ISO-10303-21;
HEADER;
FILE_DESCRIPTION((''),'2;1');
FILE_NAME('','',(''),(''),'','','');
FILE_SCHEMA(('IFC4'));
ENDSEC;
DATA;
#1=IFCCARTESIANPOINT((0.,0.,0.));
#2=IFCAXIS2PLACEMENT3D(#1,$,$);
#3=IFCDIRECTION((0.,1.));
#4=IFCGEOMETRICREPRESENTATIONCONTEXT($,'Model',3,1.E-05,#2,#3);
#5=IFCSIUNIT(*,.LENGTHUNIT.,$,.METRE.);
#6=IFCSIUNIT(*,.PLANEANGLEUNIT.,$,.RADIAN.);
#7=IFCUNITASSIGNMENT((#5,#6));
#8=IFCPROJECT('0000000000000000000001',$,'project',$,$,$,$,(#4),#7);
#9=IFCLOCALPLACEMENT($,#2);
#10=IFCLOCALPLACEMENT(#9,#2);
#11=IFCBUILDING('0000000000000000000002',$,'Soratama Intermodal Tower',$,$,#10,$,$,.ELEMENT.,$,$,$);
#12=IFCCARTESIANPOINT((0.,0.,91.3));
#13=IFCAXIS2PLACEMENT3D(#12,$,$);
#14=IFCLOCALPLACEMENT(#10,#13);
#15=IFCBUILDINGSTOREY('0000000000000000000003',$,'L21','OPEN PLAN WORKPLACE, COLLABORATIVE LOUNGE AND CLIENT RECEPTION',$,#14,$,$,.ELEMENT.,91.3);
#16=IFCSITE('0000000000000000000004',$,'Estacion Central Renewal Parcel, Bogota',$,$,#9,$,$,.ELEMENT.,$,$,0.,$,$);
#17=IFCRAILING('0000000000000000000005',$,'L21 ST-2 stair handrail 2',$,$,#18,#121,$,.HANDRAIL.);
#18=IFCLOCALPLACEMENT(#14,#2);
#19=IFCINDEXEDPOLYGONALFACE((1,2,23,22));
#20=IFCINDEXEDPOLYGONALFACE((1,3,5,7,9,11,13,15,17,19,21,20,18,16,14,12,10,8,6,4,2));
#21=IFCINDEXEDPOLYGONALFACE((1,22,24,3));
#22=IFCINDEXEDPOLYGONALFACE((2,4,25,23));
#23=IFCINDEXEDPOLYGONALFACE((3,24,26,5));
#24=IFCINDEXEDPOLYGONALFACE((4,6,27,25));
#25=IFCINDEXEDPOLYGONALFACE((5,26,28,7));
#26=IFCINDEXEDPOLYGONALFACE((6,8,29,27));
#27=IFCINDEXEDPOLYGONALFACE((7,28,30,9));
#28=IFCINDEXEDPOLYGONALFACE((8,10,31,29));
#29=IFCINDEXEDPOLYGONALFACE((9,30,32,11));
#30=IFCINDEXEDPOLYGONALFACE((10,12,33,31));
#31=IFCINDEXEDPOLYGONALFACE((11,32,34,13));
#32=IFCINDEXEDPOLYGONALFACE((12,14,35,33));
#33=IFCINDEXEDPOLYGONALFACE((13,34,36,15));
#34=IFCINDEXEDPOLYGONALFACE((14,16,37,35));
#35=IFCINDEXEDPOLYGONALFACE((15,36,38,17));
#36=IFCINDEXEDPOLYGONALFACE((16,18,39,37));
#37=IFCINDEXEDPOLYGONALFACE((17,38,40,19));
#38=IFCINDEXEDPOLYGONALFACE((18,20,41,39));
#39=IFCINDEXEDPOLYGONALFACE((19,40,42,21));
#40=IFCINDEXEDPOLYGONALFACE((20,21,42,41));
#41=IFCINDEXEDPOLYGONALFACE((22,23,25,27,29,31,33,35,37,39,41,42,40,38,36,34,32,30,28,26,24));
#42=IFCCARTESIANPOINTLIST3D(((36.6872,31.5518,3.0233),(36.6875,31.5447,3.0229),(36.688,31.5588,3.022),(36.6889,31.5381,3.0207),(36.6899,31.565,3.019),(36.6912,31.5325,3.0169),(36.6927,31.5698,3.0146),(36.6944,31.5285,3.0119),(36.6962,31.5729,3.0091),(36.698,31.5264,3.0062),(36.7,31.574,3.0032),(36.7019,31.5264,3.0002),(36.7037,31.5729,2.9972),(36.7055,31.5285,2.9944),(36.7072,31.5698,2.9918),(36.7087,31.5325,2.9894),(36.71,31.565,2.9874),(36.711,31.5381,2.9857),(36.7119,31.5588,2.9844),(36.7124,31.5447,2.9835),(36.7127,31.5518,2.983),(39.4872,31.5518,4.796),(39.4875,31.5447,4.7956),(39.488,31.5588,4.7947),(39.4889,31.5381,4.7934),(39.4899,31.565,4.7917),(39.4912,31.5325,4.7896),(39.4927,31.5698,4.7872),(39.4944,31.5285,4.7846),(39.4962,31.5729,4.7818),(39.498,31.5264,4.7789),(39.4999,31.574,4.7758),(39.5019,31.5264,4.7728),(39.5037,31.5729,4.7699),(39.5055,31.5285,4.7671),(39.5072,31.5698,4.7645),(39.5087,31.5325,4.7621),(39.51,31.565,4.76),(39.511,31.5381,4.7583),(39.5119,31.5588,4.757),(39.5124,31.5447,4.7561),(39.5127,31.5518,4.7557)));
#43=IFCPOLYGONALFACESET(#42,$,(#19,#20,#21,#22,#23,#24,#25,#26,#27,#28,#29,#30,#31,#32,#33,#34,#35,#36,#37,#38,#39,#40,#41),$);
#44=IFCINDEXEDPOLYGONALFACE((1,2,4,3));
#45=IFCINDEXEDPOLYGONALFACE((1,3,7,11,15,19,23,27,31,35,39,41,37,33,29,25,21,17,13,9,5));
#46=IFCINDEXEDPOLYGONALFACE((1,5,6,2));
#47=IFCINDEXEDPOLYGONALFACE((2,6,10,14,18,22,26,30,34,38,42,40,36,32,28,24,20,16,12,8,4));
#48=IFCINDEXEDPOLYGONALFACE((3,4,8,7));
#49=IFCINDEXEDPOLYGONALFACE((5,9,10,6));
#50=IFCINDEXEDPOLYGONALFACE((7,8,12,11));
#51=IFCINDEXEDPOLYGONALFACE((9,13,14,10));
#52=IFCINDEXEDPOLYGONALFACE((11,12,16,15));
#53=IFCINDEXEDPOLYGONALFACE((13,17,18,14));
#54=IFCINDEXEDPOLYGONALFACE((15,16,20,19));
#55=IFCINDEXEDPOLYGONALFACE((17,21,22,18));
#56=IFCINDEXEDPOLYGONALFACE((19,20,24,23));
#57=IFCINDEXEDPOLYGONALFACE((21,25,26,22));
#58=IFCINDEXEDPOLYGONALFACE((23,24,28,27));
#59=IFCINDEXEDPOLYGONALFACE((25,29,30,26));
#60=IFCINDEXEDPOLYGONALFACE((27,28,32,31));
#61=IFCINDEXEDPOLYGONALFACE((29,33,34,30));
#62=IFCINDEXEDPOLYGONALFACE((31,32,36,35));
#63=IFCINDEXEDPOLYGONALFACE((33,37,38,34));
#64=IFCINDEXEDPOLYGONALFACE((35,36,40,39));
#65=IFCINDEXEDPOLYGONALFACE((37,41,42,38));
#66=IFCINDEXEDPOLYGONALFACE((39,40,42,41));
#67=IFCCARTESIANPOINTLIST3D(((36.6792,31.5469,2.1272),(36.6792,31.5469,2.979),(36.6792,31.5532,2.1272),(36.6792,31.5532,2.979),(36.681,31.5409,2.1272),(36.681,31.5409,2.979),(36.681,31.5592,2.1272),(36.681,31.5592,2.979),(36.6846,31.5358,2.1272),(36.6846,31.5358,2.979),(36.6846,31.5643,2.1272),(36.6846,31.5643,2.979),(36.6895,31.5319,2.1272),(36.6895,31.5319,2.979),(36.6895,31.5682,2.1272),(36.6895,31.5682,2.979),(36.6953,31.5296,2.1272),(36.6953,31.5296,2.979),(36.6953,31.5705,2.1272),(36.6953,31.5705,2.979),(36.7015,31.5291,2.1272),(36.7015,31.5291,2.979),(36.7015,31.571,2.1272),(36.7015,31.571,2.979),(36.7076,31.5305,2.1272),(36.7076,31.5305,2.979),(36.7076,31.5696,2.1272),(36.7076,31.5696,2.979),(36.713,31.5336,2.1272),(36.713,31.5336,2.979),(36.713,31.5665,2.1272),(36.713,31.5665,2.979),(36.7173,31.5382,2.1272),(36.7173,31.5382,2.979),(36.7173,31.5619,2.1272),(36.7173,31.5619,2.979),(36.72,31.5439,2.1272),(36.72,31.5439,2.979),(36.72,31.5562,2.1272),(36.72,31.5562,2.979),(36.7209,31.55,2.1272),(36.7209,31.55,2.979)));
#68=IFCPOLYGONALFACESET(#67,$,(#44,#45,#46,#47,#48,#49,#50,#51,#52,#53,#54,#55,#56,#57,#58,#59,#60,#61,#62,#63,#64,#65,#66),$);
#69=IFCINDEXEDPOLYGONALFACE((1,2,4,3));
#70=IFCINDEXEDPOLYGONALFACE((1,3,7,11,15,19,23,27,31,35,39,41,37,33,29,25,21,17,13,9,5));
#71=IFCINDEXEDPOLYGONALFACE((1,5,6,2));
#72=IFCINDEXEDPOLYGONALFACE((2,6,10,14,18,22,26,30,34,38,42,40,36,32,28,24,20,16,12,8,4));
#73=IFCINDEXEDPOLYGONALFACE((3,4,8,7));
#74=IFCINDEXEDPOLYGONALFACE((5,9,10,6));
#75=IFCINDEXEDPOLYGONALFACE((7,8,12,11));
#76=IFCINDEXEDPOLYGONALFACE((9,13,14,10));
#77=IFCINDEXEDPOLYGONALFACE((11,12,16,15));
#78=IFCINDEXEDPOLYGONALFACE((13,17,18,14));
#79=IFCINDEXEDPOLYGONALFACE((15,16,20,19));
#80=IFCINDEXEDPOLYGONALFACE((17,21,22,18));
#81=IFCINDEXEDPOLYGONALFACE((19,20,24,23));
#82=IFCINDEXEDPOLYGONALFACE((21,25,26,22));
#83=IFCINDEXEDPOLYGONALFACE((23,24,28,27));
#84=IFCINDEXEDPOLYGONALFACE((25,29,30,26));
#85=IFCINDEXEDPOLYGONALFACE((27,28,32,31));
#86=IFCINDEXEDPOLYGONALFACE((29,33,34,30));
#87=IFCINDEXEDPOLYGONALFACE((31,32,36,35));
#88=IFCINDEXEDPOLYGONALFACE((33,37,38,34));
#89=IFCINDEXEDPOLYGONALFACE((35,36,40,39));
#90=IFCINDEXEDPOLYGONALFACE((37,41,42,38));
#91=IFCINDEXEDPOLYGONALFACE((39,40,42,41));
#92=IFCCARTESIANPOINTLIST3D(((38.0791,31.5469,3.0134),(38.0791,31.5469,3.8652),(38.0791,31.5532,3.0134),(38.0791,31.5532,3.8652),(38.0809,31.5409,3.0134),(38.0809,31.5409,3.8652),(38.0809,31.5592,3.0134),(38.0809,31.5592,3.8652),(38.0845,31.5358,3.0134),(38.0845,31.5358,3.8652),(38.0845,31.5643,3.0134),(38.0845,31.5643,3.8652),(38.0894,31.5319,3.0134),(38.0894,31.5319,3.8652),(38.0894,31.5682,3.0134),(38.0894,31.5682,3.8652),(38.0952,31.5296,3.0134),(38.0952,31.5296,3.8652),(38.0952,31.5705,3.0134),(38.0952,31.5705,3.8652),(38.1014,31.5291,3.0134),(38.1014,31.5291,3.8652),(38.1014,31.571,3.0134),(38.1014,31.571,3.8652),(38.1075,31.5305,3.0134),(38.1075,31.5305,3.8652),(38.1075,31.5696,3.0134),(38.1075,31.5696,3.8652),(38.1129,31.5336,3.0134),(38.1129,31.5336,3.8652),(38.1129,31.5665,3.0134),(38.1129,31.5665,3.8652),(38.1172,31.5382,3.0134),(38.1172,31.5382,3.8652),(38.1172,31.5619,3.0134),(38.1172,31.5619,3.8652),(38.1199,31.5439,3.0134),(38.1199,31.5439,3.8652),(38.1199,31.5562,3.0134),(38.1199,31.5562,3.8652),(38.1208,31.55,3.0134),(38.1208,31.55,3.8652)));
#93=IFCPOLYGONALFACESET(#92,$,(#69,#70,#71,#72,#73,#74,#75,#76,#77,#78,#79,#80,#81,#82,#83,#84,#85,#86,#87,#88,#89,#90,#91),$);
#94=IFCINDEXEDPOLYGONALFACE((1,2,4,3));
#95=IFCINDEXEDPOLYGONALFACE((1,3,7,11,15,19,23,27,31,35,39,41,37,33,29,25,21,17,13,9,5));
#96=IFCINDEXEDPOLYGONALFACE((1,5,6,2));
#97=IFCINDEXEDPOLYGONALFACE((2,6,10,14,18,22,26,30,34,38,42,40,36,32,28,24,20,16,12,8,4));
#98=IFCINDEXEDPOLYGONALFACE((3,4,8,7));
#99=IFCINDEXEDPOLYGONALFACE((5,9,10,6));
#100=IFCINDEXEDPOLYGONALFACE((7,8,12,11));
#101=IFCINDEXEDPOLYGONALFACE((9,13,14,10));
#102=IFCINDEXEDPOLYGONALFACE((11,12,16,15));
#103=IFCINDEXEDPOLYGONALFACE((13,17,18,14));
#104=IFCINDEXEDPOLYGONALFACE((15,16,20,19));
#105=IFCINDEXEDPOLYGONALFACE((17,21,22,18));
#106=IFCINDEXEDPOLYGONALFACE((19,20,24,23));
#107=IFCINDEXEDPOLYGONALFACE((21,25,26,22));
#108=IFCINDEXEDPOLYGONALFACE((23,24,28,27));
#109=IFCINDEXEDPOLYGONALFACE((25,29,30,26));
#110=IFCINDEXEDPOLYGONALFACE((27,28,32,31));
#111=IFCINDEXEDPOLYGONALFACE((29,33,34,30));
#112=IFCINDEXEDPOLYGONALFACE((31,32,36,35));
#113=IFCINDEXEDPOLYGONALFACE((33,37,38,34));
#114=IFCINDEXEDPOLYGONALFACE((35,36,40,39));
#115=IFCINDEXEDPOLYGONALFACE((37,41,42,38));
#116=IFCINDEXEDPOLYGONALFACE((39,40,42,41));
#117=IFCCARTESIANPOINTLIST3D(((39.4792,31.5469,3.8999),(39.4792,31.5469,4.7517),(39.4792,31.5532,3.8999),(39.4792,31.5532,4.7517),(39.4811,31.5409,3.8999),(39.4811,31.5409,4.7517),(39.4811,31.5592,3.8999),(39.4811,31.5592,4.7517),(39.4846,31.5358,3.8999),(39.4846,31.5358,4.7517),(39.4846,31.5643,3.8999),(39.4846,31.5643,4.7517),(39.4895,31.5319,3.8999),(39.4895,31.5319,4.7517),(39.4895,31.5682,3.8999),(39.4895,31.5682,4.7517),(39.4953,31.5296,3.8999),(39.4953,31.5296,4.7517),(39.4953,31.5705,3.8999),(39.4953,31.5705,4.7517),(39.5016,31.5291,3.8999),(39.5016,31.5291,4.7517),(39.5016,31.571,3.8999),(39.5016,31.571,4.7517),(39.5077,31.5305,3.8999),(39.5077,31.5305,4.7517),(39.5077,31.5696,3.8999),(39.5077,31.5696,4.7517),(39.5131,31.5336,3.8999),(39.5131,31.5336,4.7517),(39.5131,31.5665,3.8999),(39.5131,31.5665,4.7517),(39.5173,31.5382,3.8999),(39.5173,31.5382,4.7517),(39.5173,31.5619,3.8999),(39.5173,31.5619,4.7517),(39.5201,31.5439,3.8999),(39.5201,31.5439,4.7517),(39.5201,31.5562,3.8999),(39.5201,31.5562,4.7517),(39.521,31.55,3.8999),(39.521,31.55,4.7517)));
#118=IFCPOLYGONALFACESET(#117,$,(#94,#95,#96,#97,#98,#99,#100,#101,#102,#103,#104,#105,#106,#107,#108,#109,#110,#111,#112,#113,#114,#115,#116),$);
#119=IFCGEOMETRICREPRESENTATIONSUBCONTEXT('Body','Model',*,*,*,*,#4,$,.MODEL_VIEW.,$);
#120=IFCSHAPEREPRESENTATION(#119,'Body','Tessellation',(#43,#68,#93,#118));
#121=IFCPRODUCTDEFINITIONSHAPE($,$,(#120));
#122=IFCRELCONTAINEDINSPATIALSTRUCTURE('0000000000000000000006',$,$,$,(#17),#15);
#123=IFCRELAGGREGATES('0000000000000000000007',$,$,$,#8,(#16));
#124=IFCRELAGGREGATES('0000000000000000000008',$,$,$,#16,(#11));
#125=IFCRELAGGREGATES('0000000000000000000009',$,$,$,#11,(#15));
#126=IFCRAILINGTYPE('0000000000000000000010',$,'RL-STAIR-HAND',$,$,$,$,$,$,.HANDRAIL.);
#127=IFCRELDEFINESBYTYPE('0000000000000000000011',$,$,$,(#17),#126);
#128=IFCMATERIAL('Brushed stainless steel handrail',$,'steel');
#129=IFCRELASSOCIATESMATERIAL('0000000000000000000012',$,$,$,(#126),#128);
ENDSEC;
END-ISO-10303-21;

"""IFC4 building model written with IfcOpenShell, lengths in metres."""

from ifc_helpers import new_model, si_unit, direction, frame, origin, origin_2d, place, context, subcontext, project, spatial, circle, extrude, material, type_object, element, save


model = new_model("IFC4")

# Units and contexts
model_context = context("Model", 3, precision=1e-05, world=origin(), true_north=direction((0.0, 1.0)))
body_context = subcontext(model_context, "Body", "Model", "MODEL_VIEW")
ifc_project = project(units=[si_unit("LENGTHUNIT", "METRE"), si_unit("PLANEANGLEUNIT", "RADIAN")], contexts=[model_context])

# Site, building, storey
site_placement = place(None, origin())
site = spatial("IfcSite", under=ifc_project, at=site_placement, Name="Estacion Central Renewal Parcel, Bogota", CompositionType="ELEMENT", RefElevation=0.0)
building_placement = place(site_placement, origin())
building = spatial("IfcBuilding", under=site, at=building_placement, Name="Soratama Intermodal Tower", CompositionType="ELEMENT")
storey_placement = place(building_placement, frame((0.0, 0.0, 91.3)))
storey = spatial("IfcBuildingStorey", under=building, at=storey_placement, Name="L21", Description="OPEN PLAN WORKPLACE, COLLABORATIVE LOUNGE AND CLIENT RECEPTION", CompositionType="ELEMENT", Elevation=91.3)

# Railing
ifc_material_1 = material(Name="Brushed stainless steel handrail", Category="steel")
railing_type_1 = type_object("IfcRailingType", Name="RL-STAIR-HAND", PredefinedType="HANDRAIL", material=ifc_material_1)
railing_1_placement = place(storey_placement, frame((36.7, 31.55, 2.1272)))
element("IfcRailing", 1, at=railing_1_placement, inside=storey, type_object=railing_type_1, Name="L21 ST-2 stair handrail 2", PredefinedType="HANDRAIL", context=body_context, shape_type="SweptSolid", body=[
    extrude(circle(Radius=0.0239, at=origin_2d()), frame((0.0, 0.0, 0.876), z_axis=(0.844909, 0.0, 0.53491), x_axis=(0.0, 1.0, 0.0)), (0.0, 0.0, 1.0), 3.314),
    extrude(circle(Radius=0.021, at=origin_2d()), origin(), (0.0, 0.0, 1.0), 0.8518),
    extrude(circle(Radius=0.021, at=origin_2d()), frame((1.3999, 0.0, 0.8862)), (0.0, 0.0, 1.0), 0.8518),
    extrude(circle(Radius=0.021, at=origin_2d()), frame((2.8, 0.0, 1.7727)), (0.0, 0.0, 1.0), 0.8518),
])

save(model, "model.ifc")
